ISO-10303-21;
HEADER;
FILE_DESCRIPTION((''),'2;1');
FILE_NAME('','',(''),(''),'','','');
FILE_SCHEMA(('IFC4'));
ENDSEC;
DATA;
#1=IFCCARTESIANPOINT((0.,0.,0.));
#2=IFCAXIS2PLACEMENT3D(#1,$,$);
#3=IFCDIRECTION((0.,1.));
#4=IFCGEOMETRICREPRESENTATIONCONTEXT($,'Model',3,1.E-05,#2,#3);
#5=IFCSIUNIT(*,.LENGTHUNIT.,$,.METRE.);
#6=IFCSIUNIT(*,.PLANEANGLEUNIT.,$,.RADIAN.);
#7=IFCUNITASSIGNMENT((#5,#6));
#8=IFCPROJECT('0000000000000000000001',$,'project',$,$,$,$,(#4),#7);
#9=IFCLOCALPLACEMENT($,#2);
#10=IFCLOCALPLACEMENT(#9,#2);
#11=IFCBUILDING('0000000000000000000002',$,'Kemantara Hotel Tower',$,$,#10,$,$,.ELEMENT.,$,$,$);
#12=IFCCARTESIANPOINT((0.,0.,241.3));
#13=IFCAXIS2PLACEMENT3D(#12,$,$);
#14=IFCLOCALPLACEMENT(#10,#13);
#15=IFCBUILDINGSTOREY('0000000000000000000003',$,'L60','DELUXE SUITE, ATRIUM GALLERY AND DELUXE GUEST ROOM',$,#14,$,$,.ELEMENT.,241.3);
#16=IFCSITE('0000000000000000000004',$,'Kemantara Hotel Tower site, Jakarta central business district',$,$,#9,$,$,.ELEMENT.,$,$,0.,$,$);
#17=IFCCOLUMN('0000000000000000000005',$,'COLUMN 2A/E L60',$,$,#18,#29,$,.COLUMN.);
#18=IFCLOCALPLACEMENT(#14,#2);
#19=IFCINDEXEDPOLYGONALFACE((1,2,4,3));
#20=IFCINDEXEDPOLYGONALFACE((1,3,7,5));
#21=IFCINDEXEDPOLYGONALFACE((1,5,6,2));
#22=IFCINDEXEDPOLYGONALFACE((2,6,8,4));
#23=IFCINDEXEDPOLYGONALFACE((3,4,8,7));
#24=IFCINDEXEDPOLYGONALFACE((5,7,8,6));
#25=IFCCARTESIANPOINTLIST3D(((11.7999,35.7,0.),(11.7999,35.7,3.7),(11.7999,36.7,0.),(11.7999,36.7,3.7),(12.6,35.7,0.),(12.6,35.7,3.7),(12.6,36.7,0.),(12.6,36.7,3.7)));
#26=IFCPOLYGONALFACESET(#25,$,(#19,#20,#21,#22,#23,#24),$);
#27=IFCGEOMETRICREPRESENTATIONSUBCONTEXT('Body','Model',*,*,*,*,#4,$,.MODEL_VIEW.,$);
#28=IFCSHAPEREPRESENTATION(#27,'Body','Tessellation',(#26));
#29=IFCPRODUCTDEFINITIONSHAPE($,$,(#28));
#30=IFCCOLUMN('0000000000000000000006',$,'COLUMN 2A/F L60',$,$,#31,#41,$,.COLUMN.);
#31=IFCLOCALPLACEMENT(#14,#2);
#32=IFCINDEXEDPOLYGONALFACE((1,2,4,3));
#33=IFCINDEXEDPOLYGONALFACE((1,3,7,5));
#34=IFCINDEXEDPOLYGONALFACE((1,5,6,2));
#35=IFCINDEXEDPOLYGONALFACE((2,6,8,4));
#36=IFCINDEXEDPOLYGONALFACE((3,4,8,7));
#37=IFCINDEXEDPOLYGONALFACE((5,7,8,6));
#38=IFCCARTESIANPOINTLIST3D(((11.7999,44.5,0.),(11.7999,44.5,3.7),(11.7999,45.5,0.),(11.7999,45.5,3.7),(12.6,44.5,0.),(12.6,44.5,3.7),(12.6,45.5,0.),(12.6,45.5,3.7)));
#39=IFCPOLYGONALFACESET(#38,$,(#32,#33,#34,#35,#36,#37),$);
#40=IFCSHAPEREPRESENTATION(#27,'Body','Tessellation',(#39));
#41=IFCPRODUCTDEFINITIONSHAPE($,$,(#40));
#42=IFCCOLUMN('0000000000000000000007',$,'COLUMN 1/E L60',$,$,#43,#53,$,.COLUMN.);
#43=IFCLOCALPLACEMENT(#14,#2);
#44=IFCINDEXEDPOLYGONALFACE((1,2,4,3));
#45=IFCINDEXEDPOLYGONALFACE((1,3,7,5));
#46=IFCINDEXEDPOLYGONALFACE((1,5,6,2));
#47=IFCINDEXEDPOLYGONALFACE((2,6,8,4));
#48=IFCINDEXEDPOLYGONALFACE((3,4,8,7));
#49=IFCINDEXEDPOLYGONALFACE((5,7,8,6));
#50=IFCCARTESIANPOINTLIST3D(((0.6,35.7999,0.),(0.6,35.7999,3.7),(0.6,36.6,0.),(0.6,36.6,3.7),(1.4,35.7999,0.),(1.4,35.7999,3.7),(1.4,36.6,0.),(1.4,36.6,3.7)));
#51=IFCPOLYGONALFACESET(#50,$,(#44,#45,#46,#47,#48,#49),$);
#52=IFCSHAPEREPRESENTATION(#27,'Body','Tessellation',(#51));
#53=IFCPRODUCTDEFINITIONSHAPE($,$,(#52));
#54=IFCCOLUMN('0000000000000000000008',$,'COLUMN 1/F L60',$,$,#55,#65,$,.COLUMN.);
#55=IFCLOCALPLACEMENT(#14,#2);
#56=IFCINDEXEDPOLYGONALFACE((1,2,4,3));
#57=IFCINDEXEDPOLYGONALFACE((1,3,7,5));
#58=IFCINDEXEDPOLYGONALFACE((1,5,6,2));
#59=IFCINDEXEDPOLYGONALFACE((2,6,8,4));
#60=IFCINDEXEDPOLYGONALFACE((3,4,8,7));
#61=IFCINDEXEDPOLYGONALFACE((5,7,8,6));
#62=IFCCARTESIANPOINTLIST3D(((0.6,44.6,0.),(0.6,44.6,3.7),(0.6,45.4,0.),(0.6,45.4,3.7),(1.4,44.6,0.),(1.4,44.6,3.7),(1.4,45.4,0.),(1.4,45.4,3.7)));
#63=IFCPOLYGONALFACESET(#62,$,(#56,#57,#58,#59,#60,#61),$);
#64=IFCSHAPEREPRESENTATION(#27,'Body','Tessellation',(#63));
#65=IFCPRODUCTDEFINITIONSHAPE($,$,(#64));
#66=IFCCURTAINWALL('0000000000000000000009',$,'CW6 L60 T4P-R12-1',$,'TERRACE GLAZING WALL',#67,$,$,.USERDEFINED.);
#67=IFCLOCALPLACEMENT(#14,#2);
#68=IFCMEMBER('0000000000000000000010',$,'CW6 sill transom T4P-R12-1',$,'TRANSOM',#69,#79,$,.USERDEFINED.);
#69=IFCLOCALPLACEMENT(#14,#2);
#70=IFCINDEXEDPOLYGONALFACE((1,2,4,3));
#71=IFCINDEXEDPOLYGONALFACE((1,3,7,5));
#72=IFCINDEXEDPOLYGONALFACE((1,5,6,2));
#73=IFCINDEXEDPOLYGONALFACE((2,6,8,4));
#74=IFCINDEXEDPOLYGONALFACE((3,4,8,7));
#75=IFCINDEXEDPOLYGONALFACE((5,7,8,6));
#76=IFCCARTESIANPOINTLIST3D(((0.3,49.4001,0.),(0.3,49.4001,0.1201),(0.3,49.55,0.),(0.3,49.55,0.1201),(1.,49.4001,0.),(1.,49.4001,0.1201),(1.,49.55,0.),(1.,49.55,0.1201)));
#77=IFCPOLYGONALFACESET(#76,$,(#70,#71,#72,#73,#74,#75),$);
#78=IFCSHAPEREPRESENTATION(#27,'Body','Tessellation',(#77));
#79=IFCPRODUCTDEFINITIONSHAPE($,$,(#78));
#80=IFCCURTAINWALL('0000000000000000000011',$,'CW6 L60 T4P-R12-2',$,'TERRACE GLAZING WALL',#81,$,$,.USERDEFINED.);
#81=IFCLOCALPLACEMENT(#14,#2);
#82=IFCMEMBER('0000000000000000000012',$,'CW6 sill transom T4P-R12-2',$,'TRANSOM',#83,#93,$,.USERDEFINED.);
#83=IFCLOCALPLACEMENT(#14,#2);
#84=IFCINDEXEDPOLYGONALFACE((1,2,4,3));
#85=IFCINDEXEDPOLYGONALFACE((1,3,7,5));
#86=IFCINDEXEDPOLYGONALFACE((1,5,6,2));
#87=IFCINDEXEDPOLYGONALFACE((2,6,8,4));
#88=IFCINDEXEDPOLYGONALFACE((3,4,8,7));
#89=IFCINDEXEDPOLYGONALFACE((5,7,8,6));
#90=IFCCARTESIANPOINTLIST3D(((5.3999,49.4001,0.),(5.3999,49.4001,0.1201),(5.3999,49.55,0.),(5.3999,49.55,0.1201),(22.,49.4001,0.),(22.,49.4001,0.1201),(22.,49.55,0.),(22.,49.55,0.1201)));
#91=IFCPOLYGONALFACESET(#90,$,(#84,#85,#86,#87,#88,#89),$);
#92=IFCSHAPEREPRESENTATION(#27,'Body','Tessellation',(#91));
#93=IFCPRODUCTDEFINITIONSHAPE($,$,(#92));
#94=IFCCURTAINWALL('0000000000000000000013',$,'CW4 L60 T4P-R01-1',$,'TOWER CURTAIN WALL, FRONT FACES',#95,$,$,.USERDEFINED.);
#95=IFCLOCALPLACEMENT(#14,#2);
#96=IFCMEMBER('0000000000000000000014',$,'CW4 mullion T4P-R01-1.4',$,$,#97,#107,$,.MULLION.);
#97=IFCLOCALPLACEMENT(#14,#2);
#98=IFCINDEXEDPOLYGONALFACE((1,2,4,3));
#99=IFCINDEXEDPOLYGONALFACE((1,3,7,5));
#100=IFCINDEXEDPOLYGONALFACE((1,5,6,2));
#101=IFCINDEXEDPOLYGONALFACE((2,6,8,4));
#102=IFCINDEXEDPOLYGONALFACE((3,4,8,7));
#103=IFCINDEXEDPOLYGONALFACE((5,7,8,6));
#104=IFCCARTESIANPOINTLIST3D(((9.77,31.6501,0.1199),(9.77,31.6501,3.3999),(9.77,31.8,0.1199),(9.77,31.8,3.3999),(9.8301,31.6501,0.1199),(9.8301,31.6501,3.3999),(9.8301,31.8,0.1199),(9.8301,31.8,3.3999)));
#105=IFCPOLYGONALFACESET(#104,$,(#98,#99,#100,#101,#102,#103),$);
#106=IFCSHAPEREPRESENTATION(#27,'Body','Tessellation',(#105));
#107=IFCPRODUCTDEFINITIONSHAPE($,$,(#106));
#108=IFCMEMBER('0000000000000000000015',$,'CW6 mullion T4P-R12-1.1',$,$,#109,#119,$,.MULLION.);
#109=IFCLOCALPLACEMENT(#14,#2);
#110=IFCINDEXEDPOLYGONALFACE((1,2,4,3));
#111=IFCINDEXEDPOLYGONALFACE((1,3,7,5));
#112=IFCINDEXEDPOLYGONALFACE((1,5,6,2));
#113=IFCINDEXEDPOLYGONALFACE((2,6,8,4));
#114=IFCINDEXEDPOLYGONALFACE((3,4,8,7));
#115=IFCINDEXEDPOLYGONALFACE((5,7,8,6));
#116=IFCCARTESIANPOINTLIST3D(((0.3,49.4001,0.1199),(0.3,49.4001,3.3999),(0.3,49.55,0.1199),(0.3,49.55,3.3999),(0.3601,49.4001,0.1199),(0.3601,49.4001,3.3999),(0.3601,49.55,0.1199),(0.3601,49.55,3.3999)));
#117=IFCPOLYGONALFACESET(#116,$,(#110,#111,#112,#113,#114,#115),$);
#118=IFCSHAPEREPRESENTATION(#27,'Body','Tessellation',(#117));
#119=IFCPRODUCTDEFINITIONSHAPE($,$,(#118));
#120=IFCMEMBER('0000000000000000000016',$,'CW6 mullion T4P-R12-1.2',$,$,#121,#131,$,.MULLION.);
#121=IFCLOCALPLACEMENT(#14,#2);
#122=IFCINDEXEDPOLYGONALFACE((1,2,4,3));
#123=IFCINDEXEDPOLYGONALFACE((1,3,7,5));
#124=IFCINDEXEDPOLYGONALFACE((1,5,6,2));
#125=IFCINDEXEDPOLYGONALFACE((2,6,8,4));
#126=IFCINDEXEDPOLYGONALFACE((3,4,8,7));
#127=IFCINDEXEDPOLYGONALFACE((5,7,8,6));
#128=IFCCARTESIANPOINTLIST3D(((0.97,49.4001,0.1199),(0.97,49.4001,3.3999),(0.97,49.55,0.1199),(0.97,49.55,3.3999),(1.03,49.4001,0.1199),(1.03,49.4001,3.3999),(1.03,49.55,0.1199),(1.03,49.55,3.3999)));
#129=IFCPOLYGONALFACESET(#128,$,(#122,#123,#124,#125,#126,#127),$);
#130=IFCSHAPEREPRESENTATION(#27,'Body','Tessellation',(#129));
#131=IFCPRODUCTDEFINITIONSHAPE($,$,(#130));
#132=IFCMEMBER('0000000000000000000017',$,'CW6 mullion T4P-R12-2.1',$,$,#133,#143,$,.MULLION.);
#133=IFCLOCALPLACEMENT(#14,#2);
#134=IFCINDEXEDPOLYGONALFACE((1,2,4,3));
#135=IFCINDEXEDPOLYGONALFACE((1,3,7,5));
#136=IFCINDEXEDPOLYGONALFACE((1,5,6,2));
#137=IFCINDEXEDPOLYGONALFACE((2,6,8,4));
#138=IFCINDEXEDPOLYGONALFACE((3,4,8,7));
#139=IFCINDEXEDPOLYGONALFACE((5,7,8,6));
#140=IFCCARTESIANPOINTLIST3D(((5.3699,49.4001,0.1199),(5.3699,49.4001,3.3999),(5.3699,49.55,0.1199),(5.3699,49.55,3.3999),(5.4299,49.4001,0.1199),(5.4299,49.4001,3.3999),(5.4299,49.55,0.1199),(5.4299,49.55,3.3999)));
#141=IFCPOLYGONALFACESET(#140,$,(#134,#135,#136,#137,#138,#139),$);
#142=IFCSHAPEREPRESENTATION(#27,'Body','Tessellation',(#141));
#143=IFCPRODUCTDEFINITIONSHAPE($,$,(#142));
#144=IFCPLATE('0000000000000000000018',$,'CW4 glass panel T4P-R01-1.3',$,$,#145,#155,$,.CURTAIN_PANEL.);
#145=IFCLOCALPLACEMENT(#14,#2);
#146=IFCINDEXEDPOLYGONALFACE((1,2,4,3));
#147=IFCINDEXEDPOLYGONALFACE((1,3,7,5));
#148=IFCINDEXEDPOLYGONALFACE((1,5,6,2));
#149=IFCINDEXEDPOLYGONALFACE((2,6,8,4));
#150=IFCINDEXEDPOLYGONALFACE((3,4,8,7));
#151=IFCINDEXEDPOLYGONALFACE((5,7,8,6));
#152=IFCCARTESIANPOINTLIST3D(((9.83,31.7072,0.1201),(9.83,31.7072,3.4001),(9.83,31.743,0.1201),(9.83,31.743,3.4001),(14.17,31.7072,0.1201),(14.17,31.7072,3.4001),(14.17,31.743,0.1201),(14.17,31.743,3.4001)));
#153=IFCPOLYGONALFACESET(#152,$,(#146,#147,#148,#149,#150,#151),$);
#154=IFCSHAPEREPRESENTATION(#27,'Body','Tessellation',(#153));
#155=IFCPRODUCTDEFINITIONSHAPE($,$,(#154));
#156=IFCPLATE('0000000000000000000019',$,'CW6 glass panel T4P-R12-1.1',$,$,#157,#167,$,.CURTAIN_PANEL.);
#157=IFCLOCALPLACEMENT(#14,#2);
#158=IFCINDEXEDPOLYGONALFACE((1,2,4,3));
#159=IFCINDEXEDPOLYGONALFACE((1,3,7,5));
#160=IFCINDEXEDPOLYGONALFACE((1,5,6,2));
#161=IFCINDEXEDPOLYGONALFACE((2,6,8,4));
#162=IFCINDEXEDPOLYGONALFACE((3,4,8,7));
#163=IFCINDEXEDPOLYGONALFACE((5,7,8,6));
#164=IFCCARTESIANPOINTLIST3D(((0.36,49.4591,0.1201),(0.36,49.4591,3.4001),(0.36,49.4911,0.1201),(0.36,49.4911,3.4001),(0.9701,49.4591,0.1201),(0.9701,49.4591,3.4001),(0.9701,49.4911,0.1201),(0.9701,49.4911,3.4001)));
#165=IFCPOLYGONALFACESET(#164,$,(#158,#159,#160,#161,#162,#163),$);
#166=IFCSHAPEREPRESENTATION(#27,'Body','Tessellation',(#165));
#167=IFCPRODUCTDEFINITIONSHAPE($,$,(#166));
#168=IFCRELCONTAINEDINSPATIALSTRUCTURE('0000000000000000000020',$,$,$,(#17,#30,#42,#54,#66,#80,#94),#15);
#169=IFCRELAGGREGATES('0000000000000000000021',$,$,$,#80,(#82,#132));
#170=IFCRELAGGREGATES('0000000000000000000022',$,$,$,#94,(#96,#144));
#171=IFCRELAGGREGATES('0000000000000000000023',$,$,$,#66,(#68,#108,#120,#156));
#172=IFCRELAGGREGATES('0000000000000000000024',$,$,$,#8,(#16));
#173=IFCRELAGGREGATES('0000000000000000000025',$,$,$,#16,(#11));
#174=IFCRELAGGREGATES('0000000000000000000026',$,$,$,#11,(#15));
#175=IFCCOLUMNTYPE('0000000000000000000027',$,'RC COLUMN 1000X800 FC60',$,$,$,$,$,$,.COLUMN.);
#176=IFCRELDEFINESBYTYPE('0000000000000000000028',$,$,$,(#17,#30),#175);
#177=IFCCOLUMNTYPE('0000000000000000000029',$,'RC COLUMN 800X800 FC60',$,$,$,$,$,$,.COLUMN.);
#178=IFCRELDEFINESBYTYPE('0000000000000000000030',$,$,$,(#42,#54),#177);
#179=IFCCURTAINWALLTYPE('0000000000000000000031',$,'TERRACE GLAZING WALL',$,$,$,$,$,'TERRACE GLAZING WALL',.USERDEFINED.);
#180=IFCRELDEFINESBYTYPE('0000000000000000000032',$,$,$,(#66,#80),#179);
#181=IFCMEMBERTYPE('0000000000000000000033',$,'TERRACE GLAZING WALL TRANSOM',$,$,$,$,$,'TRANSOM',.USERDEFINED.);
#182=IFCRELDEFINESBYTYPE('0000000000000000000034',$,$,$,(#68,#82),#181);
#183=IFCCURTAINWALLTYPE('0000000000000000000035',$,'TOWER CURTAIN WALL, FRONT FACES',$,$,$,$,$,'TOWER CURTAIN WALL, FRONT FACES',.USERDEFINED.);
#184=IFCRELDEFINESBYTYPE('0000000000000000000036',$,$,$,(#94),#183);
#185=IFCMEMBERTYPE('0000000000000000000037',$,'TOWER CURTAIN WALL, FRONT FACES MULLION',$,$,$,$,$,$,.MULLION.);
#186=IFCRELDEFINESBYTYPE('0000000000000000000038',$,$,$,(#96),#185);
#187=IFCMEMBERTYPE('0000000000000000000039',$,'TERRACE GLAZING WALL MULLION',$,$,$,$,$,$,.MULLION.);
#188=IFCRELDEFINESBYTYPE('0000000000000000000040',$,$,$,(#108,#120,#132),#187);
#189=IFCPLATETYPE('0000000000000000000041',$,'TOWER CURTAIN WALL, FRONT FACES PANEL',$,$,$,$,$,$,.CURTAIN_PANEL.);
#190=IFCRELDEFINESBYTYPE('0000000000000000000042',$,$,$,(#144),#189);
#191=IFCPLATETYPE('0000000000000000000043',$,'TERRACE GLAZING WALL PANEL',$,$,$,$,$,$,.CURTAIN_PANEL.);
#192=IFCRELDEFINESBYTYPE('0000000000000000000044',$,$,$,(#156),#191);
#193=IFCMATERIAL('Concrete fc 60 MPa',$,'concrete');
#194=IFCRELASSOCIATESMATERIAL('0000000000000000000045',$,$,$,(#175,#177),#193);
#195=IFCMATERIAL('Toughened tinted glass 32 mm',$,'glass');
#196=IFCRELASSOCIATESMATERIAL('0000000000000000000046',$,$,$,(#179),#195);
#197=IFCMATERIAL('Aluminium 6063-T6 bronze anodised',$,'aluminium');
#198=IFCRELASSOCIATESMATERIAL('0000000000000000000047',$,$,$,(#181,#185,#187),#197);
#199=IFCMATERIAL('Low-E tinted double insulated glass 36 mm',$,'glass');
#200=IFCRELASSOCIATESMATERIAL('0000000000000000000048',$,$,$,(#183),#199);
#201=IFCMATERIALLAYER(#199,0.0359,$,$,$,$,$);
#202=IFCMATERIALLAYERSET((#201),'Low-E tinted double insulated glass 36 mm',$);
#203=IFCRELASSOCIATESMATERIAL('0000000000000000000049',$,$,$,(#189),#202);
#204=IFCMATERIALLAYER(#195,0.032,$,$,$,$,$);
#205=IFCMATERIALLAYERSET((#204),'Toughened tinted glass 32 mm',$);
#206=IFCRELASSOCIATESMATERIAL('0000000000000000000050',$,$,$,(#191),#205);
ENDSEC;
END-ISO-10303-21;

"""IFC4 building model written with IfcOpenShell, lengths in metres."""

from ifc_helpers import new_model, si_unit, direction, frame, origin, origin_2d, place, context, subcontext, project, spatial, rectangle, extrude, source, transform, mapped, material, layer, layer_set, material_profile, profile_set, type_object, element, aggregate, save


model = new_model("IFC4")

# Units and contexts
model_context = context("Model", 3, precision=1e-05, world=origin(), true_north=direction((0.0, 1.0)))
body_context = subcontext(model_context, "Body", "Model", "MODEL_VIEW")
ifc_project = project(units=[si_unit("LENGTHUNIT", "METRE"), si_unit("PLANEANGLEUNIT", "RADIAN")], contexts=[model_context])

# Site, building, storey
site_placement = place(None, origin())
site = spatial("IfcSite", under=ifc_project, at=site_placement, Name="Kemantara Hotel Tower site, Jakarta central business district", CompositionType="ELEMENT", RefElevation=0.0)
building_placement = place(site_placement, origin())
building = spatial("IfcBuilding", under=site, at=building_placement, Name="Kemantara Hotel Tower", CompositionType="ELEMENT")
storey_placement = place(building_placement, frame((0.0, 0.0, 241.3)))
storey = spatial("IfcBuildingStorey", under=building, at=storey_placement, Name="L60", Description="DELUXE SUITE, ATRIUM GALLERY AND DELUXE GUEST ROOM", CompositionType="ELEMENT", Elevation=241.3)

# Columns
ifc_material_1 = material(Name="Concrete fc 60 MPa", Category="concrete")
ifc_material_profile_1 = material_profile(ifc_material_1, rectangle(XDim=1.0, YDim=0.8, at=origin_2d()), Name="RC 1000X800")
ifc_profile_set_1 = profile_set([ifc_material_profile_1], Name="Concrete fc 60 MPa")
column_type_1 = type_object("IfcColumnType", Name="RC COLUMN 1000X800 FC60", PredefinedType="COLUMN", material=ifc_profile_set_1)
for number, where, z_axis, x_axis, name in (
    (1, (12.2, 36.2, 0.0), (0.0, 0.0, 1.0), (0.0, 1.0, 0.0), "COLUMN 2A/E L60"),
    (2, (12.2, 45.0, 0.0), (0.0, 0.0, 1.0), (0.0, 1.0, 0.0), "COLUMN 2A/F L60"),
):
    element("IfcColumn", number, at=place(storey_placement, frame(where, z_axis=z_axis, x_axis=x_axis)), inside=storey, type_object=column_type_1, Name=name, PredefinedType="COLUMN", context=body_context, shape_type="SweptSolid", body=[
        extrude(rectangle(XDim=1.0, YDim=0.8, at=origin_2d()), origin(), (0.0, 0.0, 1.0), 3.7),
    ])
ifc_material_profile_2 = material_profile(ifc_material_1, rectangle(XDim=0.8, YDim=0.8, at=origin_2d()), Name="RC 800X800")
ifc_profile_set_2 = profile_set([ifc_material_profile_2], Name="Concrete fc 60 MPa")
column_type_2 = type_object("IfcColumnType", Name="RC COLUMN 800X800 FC60", PredefinedType="COLUMN", material=ifc_profile_set_2)
for number, where, z_axis, x_axis, name in (
    (3, (1.0, 36.2, 0.0), (0.0, 0.0, 1.0), (1.0, 0.0, 0.0), "COLUMN 1/E L60"),
    (4, (1.0, 45.0, 0.0), (0.0, 0.0, 1.0), (1.0, 0.0, 0.0), "COLUMN 1/F L60"),
):
    element("IfcColumn", number, at=place(storey_placement, frame(where, z_axis=z_axis, x_axis=x_axis)), inside=storey, type_object=column_type_2, Name=name, PredefinedType="COLUMN", context=body_context, shape_type="SweptSolid", body=[
        extrude(rectangle(XDim=0.8, YDim=0.8, at=origin_2d()), origin(), (0.0, 0.0, 1.0), 3.7),
    ])

# Curtain walls, members
ifc_material_2 = material(Name="Toughened tinted glass 32 mm", Category="glass")
curtain_wall_type_1 = type_object("IfcCurtainWallType", Name="TERRACE GLAZING WALL", ElementType="TERRACE GLAZING WALL", PredefinedType="USERDEFINED", material=ifc_material_2)
curtain_wall_1_placement = place(storey_placement, origin())
curtain_wall_1 = element("IfcCurtainWall", 5, at=curtain_wall_1_placement, inside=storey, type_object=curtain_wall_type_1, Name="CW6 L60 T4P-R12-1", ObjectType="TERRACE GLAZING WALL", PredefinedType="USERDEFINED")
ifc_material_3 = material(Name="Aluminium 6063-T6 bronze anodised", Category="aluminium")
ifc_material_profile_3 = material_profile(ifc_material_3, rectangle(XDim=0.1499, YDim=0.1201, at=origin_2d()), Name="TERRACE GLAZING WALL TRANSOM")
ifc_profile_set_3 = profile_set([ifc_material_profile_3], Name="Aluminium 6063-T6 bronze anodised")
member_type_1 = type_object("IfcMemberType", Name="TERRACE GLAZING WALL TRANSOM", ElementType="TRANSOM", PredefinedType="USERDEFINED", material=ifc_profile_set_3)
member_1_placement = place(storey_placement, frame((0.3, 49.4751, 0.0601), z_axis=(1.0, 0.0, 0.0), x_axis=(0.0, 1.0, 0.0)))
member_1 = element("IfcMember", 6, at=member_1_placement, type_object=member_type_1, Name="CW6 sill transom T4P-R12-1", ObjectType="TRANSOM", PredefinedType="USERDEFINED", context=body_context, shape_type="SweptSolid", body=[
    extrude(rectangle(XDim=0.1499, YDim=0.1201, at=origin_2d()), origin(), (0.0, 0.0, 1.0), 0.7),
])
curtain_wall_2_placement = place(storey_placement, origin())
curtain_wall_2 = element("IfcCurtainWall", 7, at=curtain_wall_2_placement, inside=storey, type_object=curtain_wall_type_1, Name="CW6 L60 T4P-R12-2", ObjectType="TERRACE GLAZING WALL", PredefinedType="USERDEFINED")
member_2_placement = place(storey_placement, frame((5.3999, 49.4751, 0.0601), z_axis=(1.0, 0.0, 0.0), x_axis=(0.0, 1.0, 0.0)))
member_2 = element("IfcMember", 8, at=member_2_placement, type_object=member_type_1, Name="CW6 sill transom T4P-R12-2", ObjectType="TRANSOM", PredefinedType="USERDEFINED", context=body_context, shape_type="SweptSolid", body=[
    extrude(rectangle(XDim=0.1499, YDim=0.1201, at=origin_2d()), origin(), (0.0, 0.0, 1.0), 16.6001),
])
ifc_material_4 = material(Name="Low-E tinted double insulated glass 36 mm", Category="glass")
curtain_wall_type_2 = type_object("IfcCurtainWallType", Name="TOWER CURTAIN WALL, FRONT FACES", ElementType="TOWER CURTAIN WALL, FRONT FACES", PredefinedType="USERDEFINED", material=ifc_material_4)
curtain_wall_3_placement = place(storey_placement, origin())
curtain_wall_3 = element("IfcCurtainWall", 9, at=curtain_wall_3_placement, inside=storey, type_object=curtain_wall_type_2, Name="CW4 L60 T4P-R01-1", ObjectType="TOWER CURTAIN WALL, FRONT FACES", PredefinedType="USERDEFINED")
ifc_material_profile_4 = material_profile(ifc_material_3, rectangle(XDim=0.1499, YDim=0.0601, at=origin_2d()), Name="TOWER CURTAIN WALL, FRONT FACES MULLION")
ifc_profile_set_4 = profile_set([ifc_material_profile_4], Name="Aluminium 6063-T6 bronze anodised")
member_type_2 = type_object("IfcMemberType", Name="TOWER CURTAIN WALL, FRONT FACES MULLION", PredefinedType="MULLION", material=ifc_profile_set_4)
shared_shape_1 = source(origin(), body_context, "Body", "SweptSolid", [
    extrude(rectangle(XDim=0.1499, YDim=0.0601, at=origin_2d()), origin(), (0.0, 0.0, 1.0), 3.28),
])
member_3_placement = place(storey_placement, frame((9.8, 31.7251, 0.1199), z_axis=(0.0, 0.0, 1.0), x_axis=(0.0, -1.0, 0.0)))
member_3 = element("IfcMember", 10, at=member_3_placement, type_object=member_type_2, Name="CW4 mullion T4P-R01-1.4", PredefinedType="MULLION", context=body_context, shape_type="MappedRepresentation", body=[
    mapped(shared_shape_1, transform((0.0, 0.0, 0.0))),
])

# Members
ifc_material_profile_5 = material_profile(ifc_material_3, rectangle(XDim=0.1499, YDim=0.0601, at=origin_2d()), Name="TERRACE GLAZING WALL MULLION")
ifc_profile_set_5 = profile_set([ifc_material_profile_5], Name="Aluminium 6063-T6 bronze anodised")
member_type_3 = type_object("IfcMemberType", Name="TERRACE GLAZING WALL MULLION", PredefinedType="MULLION", material=ifc_profile_set_5)
shared_shape_2 = source(origin(), body_context, "Body", "SweptSolid", [
    extrude(rectangle(XDim=0.1499, YDim=0.0601, at=origin_2d()), origin(), (0.0, 0.0, 1.0), 3.28),
])
member_4_placement = place(storey_placement, frame((0.3301, 49.4751, 0.1199), z_axis=(0.0, 0.0, 1.0), x_axis=(0.0, 1.0, 0.0)))
member_4 = element("IfcMember", 11, at=member_4_placement, type_object=member_type_3, Name="CW6 mullion T4P-R12-1.1", PredefinedType="MULLION", context=body_context, shape_type="MappedRepresentation", body=[
    mapped(shared_shape_2, transform((0.0, 0.0, 0.0))),
])
member_5_placement = place(storey_placement, frame((1.0, 49.4751, 0.1199), z_axis=(0.0, 0.0, 1.0), x_axis=(0.0, 1.0, 0.0)))
member_5 = element("IfcMember", 12, at=member_5_placement, type_object=member_type_3, Name="CW6 mullion T4P-R12-1.2", PredefinedType="MULLION", context=body_context, shape_type="MappedRepresentation", body=[
    mapped(shared_shape_2, transform((0.0, 0.0, 0.0))),
])
member_6_placement = place(storey_placement, frame((5.3999, 49.4751, 0.1199), z_axis=(0.0, 0.0, 1.0), x_axis=(0.0, 1.0, 0.0)))
member_6 = element("IfcMember", 13, at=member_6_placement, type_object=member_type_3, Name="CW6 mullion T4P-R12-2.1", PredefinedType="MULLION", context=body_context, shape_type="MappedRepresentation", body=[
    mapped(shared_shape_2, transform((0.0, 0.0, 0.0))),
])
aggregate(curtain_wall_2, [member_2, member_6])

# Plates
ifc_layer_1 = layer(ifc_material_4, 0.0359)
ifc_layer_set_1 = layer_set([ifc_layer_1], Name="Low-E tinted double insulated glass 36 mm")
plate_type_1 = type_object("IfcPlateType", Name="TOWER CURTAIN WALL, FRONT FACES PANEL", PredefinedType="CURTAIN_PANEL", material=ifc_layer_set_1)
shared_shape_3 = source(origin(), body_context, "Body", "SweptSolid", [
    extrude(rectangle(XDim=4.3401, YDim=0.0359, at=origin_2d()), origin(), (0.0, 0.0, 1.0), 3.28),
])
plate_1_placement = place(storey_placement, frame((12.0, 31.7251, 0.1201), z_axis=(0.0, 0.0, 1.0), x_axis=(-1.0, 0.0, 0.0)))
plate_1 = element("IfcPlate", 14, at=plate_1_placement, type_object=plate_type_1, Name="CW4 glass panel T4P-R01-1.3", PredefinedType="CURTAIN_PANEL", context=body_context, shape_type="MappedRepresentation", body=[
    mapped(shared_shape_3, transform((0.0, 0.0, 0.0))),
])
aggregate(curtain_wall_3, [member_3, plate_1])
ifc_layer_2 = layer(ifc_material_2, 0.032)
ifc_layer_set_2 = layer_set([ifc_layer_2], Name="Toughened tinted glass 32 mm")
plate_type_2 = type_object("IfcPlateType", Name="TERRACE GLAZING WALL PANEL", PredefinedType="CURTAIN_PANEL", material=ifc_layer_set_2)
shared_shape_4 = source(origin(), body_context, "Body", "SweptSolid", [
    extrude(rectangle(XDim=0.6101, YDim=0.032, at=origin_2d()), origin(), (0.0, 0.0, 1.0), 3.28),
])
plate_2_placement = place(storey_placement, frame((0.665, 49.4751, 0.1201), z_axis=(0.0, 0.0, 1.0), x_axis=(1.0, 0.0, 0.0)))
plate_2 = element("IfcPlate", 15, at=plate_2_placement, type_object=plate_type_2, Name="CW6 glass panel T4P-R12-1.1", PredefinedType="CURTAIN_PANEL", context=body_context, shape_type="MappedRepresentation", body=[
    mapped(shared_shape_4, transform((0.0, 0.0, 0.0))),
])
aggregate(curtain_wall_1, [member_1, member_4, member_5, plate_2])

save(model, "model.ifc")
